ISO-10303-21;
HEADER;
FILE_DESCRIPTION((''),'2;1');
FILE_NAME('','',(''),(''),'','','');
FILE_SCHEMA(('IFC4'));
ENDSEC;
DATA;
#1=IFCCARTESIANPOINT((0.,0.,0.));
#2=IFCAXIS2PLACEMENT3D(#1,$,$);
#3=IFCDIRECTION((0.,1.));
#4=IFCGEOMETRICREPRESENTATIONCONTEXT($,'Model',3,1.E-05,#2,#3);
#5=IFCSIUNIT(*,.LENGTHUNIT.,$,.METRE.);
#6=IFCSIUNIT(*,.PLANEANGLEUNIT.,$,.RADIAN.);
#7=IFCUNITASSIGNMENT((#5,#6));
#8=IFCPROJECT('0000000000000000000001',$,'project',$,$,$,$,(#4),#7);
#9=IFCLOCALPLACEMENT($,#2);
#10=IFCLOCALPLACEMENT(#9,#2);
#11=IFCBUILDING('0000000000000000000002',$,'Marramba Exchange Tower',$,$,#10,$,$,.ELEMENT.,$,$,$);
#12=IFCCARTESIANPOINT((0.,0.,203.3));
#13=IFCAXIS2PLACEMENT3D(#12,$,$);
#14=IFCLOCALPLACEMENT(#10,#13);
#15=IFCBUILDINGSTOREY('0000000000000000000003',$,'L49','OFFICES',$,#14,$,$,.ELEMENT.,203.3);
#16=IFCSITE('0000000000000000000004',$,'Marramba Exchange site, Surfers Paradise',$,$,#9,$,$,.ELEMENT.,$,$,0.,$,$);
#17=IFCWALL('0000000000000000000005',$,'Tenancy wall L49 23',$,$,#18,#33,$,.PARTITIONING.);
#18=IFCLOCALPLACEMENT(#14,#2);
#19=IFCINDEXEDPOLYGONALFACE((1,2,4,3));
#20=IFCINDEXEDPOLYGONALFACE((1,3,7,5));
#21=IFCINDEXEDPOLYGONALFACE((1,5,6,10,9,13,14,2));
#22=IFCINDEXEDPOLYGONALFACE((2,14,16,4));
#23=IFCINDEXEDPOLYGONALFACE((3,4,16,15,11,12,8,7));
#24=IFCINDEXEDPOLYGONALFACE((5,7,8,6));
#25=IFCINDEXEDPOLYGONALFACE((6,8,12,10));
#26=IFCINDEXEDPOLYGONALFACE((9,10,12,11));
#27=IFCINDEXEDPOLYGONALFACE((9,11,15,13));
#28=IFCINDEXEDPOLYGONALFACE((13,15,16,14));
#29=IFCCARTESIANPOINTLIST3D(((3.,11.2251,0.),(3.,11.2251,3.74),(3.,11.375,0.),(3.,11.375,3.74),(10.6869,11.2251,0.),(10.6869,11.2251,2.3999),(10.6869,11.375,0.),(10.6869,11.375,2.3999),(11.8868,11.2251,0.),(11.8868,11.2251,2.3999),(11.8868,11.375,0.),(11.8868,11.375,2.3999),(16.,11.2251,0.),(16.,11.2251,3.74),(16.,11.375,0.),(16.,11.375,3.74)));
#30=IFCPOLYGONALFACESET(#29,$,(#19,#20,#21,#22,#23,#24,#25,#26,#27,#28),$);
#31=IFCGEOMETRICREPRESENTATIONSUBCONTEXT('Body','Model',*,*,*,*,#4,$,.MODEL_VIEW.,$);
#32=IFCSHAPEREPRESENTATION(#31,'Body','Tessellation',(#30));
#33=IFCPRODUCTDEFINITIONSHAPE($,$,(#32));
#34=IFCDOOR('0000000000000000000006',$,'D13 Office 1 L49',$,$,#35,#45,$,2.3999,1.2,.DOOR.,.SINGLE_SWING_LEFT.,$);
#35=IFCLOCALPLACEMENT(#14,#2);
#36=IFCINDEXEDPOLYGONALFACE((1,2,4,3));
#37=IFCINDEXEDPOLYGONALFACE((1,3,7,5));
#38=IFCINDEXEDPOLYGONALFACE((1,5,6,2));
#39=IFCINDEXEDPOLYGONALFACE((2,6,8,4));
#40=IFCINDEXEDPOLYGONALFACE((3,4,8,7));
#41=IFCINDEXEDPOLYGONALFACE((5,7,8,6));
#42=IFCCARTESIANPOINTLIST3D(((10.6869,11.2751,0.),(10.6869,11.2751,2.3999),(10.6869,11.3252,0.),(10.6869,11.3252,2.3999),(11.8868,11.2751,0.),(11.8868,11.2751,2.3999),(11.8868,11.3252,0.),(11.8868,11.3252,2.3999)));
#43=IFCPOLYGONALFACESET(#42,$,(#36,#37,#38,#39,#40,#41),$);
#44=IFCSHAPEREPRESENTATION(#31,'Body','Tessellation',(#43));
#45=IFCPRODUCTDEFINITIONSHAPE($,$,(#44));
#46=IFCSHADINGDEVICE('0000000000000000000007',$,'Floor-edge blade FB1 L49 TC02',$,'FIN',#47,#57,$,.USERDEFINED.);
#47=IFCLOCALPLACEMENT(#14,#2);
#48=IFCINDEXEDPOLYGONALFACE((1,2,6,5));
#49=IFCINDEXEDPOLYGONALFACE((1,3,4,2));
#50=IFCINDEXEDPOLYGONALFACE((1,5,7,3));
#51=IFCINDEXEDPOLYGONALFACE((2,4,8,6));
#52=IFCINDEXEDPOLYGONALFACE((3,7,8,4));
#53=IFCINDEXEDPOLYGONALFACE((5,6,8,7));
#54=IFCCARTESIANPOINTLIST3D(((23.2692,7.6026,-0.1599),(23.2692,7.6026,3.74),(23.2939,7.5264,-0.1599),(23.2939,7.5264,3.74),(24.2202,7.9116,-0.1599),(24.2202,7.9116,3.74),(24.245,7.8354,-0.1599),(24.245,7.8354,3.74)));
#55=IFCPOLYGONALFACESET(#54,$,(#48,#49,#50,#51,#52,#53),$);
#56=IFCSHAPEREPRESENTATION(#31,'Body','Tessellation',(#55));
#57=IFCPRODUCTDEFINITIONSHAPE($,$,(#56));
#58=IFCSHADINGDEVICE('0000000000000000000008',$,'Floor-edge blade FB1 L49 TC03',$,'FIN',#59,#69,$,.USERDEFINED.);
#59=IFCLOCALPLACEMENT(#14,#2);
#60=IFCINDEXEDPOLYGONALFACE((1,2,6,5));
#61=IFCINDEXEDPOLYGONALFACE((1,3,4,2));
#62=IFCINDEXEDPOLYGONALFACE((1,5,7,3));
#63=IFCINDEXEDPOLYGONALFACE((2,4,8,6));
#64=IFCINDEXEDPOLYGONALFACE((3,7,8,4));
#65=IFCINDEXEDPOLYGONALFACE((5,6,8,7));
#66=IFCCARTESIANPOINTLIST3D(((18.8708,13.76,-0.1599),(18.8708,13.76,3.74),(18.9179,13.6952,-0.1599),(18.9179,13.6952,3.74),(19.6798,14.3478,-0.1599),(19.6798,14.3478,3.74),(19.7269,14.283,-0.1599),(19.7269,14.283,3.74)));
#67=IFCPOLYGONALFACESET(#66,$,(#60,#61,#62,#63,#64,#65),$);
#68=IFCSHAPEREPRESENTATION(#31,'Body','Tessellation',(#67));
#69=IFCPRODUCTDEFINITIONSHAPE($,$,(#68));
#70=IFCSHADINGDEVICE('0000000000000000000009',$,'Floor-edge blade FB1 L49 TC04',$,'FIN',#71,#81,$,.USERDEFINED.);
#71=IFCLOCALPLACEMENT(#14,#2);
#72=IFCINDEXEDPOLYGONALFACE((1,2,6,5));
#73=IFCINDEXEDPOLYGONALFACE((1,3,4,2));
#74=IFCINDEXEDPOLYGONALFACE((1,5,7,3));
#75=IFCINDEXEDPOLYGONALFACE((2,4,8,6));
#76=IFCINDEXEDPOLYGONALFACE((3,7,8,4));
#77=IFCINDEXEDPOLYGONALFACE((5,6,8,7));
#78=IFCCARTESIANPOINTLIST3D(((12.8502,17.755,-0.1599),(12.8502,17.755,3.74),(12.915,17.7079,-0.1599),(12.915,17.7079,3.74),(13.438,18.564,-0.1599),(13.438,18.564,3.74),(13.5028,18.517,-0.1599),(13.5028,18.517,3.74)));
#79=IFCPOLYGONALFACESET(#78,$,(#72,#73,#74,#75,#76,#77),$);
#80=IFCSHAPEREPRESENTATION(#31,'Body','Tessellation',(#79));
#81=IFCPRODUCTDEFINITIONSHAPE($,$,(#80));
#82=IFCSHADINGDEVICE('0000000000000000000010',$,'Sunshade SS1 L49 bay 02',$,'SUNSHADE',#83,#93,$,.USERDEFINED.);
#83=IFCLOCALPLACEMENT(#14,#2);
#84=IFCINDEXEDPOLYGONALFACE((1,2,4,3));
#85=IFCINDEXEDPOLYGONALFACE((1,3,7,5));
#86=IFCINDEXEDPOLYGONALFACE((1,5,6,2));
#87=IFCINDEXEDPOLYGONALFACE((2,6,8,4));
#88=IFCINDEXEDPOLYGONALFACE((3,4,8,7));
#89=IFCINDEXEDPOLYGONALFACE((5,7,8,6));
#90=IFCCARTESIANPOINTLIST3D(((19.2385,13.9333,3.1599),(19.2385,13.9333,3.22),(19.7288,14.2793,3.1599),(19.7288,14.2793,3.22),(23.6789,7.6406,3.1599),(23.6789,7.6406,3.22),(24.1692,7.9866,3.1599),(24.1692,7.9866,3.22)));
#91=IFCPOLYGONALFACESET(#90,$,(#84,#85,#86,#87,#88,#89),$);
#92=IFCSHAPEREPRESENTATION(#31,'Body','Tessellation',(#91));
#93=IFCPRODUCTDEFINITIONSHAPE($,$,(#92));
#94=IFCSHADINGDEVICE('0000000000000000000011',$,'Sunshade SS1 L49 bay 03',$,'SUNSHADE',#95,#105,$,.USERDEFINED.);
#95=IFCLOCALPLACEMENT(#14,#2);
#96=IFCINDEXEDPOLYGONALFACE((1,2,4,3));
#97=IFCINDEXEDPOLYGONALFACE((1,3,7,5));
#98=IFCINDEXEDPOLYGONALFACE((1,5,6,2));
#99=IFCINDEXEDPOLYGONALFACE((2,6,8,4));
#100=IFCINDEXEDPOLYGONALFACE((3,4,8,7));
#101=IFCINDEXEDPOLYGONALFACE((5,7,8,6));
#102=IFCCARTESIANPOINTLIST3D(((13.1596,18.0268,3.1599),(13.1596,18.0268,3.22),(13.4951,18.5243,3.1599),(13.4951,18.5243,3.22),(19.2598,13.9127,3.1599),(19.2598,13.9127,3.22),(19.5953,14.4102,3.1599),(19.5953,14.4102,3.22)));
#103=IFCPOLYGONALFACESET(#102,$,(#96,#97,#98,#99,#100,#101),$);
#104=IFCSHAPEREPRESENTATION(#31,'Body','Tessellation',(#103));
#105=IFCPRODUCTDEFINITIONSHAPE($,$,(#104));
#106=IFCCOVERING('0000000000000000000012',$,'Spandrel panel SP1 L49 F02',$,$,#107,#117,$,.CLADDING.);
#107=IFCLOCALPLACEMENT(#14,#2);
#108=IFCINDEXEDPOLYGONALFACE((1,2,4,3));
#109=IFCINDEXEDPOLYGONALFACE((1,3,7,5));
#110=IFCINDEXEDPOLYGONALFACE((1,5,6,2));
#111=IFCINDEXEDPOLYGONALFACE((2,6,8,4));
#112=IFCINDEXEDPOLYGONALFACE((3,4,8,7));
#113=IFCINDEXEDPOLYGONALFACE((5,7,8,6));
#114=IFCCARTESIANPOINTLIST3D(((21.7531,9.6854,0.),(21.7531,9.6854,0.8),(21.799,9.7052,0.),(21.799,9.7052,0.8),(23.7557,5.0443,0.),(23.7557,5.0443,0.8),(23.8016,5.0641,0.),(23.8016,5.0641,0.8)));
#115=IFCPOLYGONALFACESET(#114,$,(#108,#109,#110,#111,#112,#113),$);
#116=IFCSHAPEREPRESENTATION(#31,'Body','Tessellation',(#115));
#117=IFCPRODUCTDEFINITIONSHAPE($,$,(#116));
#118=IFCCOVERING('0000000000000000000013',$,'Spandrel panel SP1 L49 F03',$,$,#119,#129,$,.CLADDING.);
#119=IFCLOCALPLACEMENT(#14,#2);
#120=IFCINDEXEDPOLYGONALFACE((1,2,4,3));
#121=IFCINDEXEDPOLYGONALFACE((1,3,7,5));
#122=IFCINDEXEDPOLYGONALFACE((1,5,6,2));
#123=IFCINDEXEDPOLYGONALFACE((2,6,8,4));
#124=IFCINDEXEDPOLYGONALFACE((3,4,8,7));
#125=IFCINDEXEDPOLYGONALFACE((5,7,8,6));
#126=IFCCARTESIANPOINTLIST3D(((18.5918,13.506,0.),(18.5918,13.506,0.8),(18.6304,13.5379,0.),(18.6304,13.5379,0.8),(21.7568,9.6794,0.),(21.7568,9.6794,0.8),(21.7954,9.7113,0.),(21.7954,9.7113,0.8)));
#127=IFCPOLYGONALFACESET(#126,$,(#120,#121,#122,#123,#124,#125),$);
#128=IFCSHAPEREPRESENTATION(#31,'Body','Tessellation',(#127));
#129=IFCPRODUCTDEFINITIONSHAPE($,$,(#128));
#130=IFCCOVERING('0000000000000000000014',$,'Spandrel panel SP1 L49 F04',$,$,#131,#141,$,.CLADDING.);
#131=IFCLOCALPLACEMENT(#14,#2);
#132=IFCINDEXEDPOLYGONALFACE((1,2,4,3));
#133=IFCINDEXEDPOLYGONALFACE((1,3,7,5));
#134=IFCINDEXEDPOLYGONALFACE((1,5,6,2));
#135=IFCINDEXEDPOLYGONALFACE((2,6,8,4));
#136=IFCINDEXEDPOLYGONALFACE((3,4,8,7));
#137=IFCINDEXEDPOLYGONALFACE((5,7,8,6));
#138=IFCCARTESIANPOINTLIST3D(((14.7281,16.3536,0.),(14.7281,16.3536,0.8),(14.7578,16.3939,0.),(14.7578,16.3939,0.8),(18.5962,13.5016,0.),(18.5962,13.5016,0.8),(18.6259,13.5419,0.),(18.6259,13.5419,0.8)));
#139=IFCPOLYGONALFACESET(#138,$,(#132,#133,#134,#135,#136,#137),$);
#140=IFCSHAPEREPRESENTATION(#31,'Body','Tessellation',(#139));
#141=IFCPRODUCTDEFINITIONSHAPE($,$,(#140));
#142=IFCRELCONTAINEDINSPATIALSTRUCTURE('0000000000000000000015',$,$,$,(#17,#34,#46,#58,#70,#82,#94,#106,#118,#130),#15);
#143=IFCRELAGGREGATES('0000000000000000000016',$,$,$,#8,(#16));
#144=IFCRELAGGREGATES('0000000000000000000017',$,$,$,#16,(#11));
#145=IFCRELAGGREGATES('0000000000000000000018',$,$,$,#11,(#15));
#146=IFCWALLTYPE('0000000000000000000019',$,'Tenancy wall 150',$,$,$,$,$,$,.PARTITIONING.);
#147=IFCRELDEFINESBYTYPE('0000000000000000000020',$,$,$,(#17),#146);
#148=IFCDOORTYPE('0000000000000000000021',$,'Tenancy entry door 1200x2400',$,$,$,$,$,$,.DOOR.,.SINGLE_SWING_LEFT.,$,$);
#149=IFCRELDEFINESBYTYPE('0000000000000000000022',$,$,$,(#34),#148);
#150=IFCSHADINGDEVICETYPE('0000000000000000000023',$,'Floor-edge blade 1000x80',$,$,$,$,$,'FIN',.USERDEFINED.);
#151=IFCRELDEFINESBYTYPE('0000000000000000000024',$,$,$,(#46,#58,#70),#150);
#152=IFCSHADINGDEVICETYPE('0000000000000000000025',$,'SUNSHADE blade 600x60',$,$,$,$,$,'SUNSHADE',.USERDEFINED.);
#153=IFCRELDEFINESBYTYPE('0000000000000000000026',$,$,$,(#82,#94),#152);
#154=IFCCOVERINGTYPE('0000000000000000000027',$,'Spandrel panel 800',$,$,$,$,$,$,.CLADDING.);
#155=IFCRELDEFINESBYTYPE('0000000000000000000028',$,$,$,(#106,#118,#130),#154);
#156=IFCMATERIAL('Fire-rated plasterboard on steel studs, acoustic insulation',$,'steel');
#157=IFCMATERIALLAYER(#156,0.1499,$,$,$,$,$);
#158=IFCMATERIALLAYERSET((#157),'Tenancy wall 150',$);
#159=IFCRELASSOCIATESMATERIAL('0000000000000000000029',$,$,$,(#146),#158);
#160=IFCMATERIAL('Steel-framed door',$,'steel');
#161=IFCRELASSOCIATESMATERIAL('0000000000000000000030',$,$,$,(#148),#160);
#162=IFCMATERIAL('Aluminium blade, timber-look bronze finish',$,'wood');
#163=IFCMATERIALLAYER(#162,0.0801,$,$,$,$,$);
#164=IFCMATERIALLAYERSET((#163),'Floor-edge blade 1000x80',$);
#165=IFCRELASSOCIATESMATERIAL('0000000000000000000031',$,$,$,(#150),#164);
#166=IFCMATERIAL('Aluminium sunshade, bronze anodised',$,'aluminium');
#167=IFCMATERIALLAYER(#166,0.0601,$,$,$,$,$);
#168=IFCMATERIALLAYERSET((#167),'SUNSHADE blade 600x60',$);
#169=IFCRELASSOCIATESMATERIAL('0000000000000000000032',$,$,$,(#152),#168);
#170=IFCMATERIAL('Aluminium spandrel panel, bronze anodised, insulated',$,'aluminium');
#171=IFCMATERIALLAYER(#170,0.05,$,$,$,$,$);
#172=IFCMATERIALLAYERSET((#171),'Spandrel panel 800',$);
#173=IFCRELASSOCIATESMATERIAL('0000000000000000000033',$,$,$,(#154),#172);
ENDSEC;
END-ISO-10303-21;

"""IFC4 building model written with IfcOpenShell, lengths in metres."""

from ifc_helpers import new_model, si_unit, direction, frame, frame_2d, origin, origin_2d, place, context, subcontext, project, spatial, rectangle, extrude, material, layer, layer_set, type_object, element, fill, save


model = new_model("IFC4")

# Units and contexts
model_context = context("Model", 3, precision=1e-05, world=origin(), true_north=direction((0.0, 1.0)))
body_context = subcontext(model_context, "Body", "Model", "MODEL_VIEW")
ifc_project = project(units=[si_unit("LENGTHUNIT", "METRE"), si_unit("PLANEANGLEUNIT", "RADIAN")], contexts=[model_context])

# Site, building, storey
site_placement = place(None, origin())
site = spatial("IfcSite", under=ifc_project, at=site_placement, Name="Marramba Exchange site, Surfers Paradise", CompositionType="ELEMENT", RefElevation=0.0)
building_placement = place(site_placement, origin())
building = spatial("IfcBuilding", under=site, at=building_placement, Name="Marramba Exchange Tower", CompositionType="ELEMENT")
storey_placement = place(building_placement, frame((0.0, 0.0, 203.3)))
storey = spatial("IfcBuildingStorey", under=building, at=storey_placement, Name="L49", Description="OFFICES", CompositionType="ELEMENT", Elevation=203.3)

# Shared definitions
ifc_material_1 = material(Name="Steel-framed door", Category="steel")

# Wall, opening, door
ifc_material_2 = material(Name="Fire-rated plasterboard on steel studs, acoustic insulation", Category="steel")
ifc_layer_1 = layer(ifc_material_2, 0.1499)
ifc_layer_set_1 = layer_set([ifc_layer_1], Name="Tenancy wall 150")
wall_type_1 = type_object("IfcWallType", Name="Tenancy wall 150", PredefinedType="PARTITIONING", material=ifc_layer_set_1)
wall_1_placement = place(storey_placement, frame((16.0, 11.3, 0.0), z_axis=(0.0, 0.0, 1.0), x_axis=(-1.0, 0.0, 0.0)))
wall_1 = element("IfcWall", 1, at=wall_1_placement, inside=storey, type_object=wall_type_1, Name="Tenancy wall L49 23", PredefinedType="PARTITIONING", context=body_context, shape_type="SweptSolid", body=[
    extrude(rectangle(XDim=13.0, YDim=0.1499, at=frame_2d((6.5, 0.0))), origin(), (0.0, 0.0, 1.0), 3.74),
])
opening_1_placement = place(wall_1_placement, frame((4.113, 0.0, 0.0)))
opening_1 = element("IfcOpeningElement", 2, at=opening_1_placement, cuts=wall_1, PredefinedType="OPENING", context=body_context, shape_type="SweptSolid", body=[
    extrude(rectangle(XDim=1.2, YDim=2.3999, at=frame_2d((0.6001, 1.2))), frame((0.0, 0.085, 0.0), z_axis=(0.0, -1.0, 0.0), x_axis=(1.0, 0.0, 0.0)), (0.0, 0.0, 1.0), 0.1699),
])
door_type_1 = type_object("IfcDoorType", Name="Tenancy entry door 1200x2400", OperationType="SINGLE_SWING_LEFT", PredefinedType="DOOR", material=ifc_material_1)
door_1_placement = place(opening_1_placement, origin())
door_1 = element("IfcDoor", 3, at=door_1_placement, inside=storey, type_object=door_type_1, Name="D13 Office 1 L49", OperationType="SINGLE_SWING_LEFT", OverallHeight=2.3999, OverallWidth=1.2, PredefinedType="DOOR", context=body_context, shape_type="SweptSolid", body=[
    extrude(rectangle(XDim=1.2, YDim=2.3999, at=frame_2d((0.6001, 1.2))), frame((0.0, 0.0249, 0.0), z_axis=(0.0, -1.0, 0.0), x_axis=(1.0, 0.0, 0.0)), (0.0, 0.0, 1.0), 0.05),
])
fill(opening_1, door_1)

# Shading devices
ifc_material_3 = material(Name="Aluminium blade, timber-look bronze finish", Category="wood")
ifc_layer_2 = layer(ifc_material_3, 0.0801)
ifc_layer_set_2 = layer_set([ifc_layer_2], Name="Floor-edge blade 1000x80")
shading_device_type_1 = type_object("IfcShadingDeviceType", Name="Floor-edge blade 1000x80", ElementType="FIN", PredefinedType="USERDEFINED", material=ifc_layer_set_2)
for number, where, z_axis, x_axis, name in (
    (4, (23.7571, 7.719, -0.1599), (0.0, 0.0, 1.0), (0.951057, 0.309017, 0.0), "Floor-edge blade FB1 L49 TC02"),
    (5, (19.2988, 14.0215, -0.1599), (0.0, 0.0, 1.0), (0.809017, 0.587785, 0.0), "Floor-edge blade FB1 L49 TC03"),
    (6, (13.1765, 18.136, -0.1599), (0.0, 0.0, 1.0), (0.587785, 0.809017, 0.0), "Floor-edge blade FB1 L49 TC04"),
):
    element("IfcShadingDevice", number, at=place(storey_placement, frame(where, z_axis=z_axis, x_axis=x_axis)), inside=storey, type_object=shading_device_type_1, Name=name, ObjectType="FIN", PredefinedType="USERDEFINED", context=body_context, shape_type="SweptSolid", body=[
        extrude(rectangle(XDim=1.0, YDim=0.0801, at=origin_2d()), origin(), (0.0, 0.0, 1.0), 3.8999),
    ])
ifc_material_4 = material(Name="Aluminium sunshade, bronze anodised", Category="aluminium")
ifc_layer_3 = layer(ifc_material_4, 0.0601)
ifc_layer_set_3 = layer_set([ifc_layer_3], Name="SUNSHADE blade 600x60")
shading_device_type_2 = type_object("IfcShadingDeviceType", Name="SUNSHADE blade 600x60", ElementType="SUNSHADE", PredefinedType="USERDEFINED", material=ifc_layer_set_3)
shading_device_1_placement = place(storey_placement, frame((21.7039, 10.96, 3.1599), z_axis=(0.0, 0.0, 1.0), x_axis=(-0.576555, 0.817058, 0.0)))
element("IfcShadingDevice", 7, at=shading_device_1_placement, inside=storey, type_object=shading_device_type_2, Name="Sunshade SS1 L49 bay 02", ObjectType="SUNSHADE", PredefinedType="USERDEFINED", context=body_context, shape_type="SweptSolid", body=[
    extrude(rectangle(XDim=7.7017, YDim=0.6001, at=origin_2d()), origin(), (0.0, 0.0, 1.0), 0.0601),
])
shading_device_2_placement = place(storey_placement, frame((16.3774, 16.2185, 3.1599), z_axis=(0.0, 0.0, 1.0), x_axis=(-0.829071, 0.559143, 0.0)))
element("IfcShadingDevice", 8, at=shading_device_2_placement, inside=storey, type_object=shading_device_type_2, Name="Sunshade SS1 L49 bay 03", ObjectType="SUNSHADE", PredefinedType="USERDEFINED", context=body_context, shape_type="SweptSolid", body=[
    extrude(rectangle(XDim=7.3579, YDim=0.6001, at=origin_2d()), origin(), (0.0, 0.0, 1.0), 0.0601),
])

# Coverings
ifc_material_5 = material(Name="Aluminium spandrel panel, bronze anodised, insulated", Category="aluminium")
ifc_layer_4 = layer(ifc_material_5, 0.05)
ifc_layer_set_4 = layer_set([ifc_layer_4], Name="Spandrel panel 800")
covering_type = type_object("IfcCoveringType", Name="Spandrel panel 800", PredefinedType="CLADDING", material=ifc_layer_set_4)
covering_1_placement = place(storey_placement, frame((22.7773, 7.3748, 0.0), z_axis=(0.0, 0.0, 1.0), x_axis=(-0.396193, 0.918167, 0.0)))
element("IfcCovering", 9, at=covering_1_placement, inside=storey, type_object=covering_type, Name="Spandrel panel SP1 L49 F02", PredefinedType="CLADDING", context=body_context, shape_type="SweptSolid", body=[
    extrude(rectangle(XDim=5.0547, YDim=0.05, at=origin_2d()), origin(), (0.0, 0.0, 1.0), 0.8),
])
covering_2_placement = place(storey_placement, frame((20.1936, 11.6086, 0.0), z_axis=(0.0, 0.0, 1.0), x_axis=(-0.63735, 0.770574, 0.0)))
element("IfcCovering", 10, at=covering_2_placement, inside=storey, type_object=covering_type, Name="Spandrel panel SP1 L49 F03", PredefinedType="CLADDING", context=body_context, shape_type="SweptSolid", body=[
    extrude(rectangle(XDim=4.9658, YDim=0.05, at=origin_2d()), origin(), (0.0, 0.0, 1.0), 0.8),
])
covering_3_placement = place(storey_placement, frame((16.677, 14.9478, 0.0), z_axis=(0.0, 0.0, 1.0), x_axis=(-0.804877, 0.593441, 0.0)))
element("IfcCovering", 11, at=covering_3_placement, inside=storey, type_object=covering_type, Name="Spandrel panel SP1 L49 F04", PredefinedType="CLADDING", context=body_context, shape_type="SweptSolid", body=[
    extrude(rectangle(XDim=4.8059, YDim=0.05, at=origin_2d()), origin(), (0.0, 0.0, 1.0), 0.8),
])

save(model, "model.ifc")
